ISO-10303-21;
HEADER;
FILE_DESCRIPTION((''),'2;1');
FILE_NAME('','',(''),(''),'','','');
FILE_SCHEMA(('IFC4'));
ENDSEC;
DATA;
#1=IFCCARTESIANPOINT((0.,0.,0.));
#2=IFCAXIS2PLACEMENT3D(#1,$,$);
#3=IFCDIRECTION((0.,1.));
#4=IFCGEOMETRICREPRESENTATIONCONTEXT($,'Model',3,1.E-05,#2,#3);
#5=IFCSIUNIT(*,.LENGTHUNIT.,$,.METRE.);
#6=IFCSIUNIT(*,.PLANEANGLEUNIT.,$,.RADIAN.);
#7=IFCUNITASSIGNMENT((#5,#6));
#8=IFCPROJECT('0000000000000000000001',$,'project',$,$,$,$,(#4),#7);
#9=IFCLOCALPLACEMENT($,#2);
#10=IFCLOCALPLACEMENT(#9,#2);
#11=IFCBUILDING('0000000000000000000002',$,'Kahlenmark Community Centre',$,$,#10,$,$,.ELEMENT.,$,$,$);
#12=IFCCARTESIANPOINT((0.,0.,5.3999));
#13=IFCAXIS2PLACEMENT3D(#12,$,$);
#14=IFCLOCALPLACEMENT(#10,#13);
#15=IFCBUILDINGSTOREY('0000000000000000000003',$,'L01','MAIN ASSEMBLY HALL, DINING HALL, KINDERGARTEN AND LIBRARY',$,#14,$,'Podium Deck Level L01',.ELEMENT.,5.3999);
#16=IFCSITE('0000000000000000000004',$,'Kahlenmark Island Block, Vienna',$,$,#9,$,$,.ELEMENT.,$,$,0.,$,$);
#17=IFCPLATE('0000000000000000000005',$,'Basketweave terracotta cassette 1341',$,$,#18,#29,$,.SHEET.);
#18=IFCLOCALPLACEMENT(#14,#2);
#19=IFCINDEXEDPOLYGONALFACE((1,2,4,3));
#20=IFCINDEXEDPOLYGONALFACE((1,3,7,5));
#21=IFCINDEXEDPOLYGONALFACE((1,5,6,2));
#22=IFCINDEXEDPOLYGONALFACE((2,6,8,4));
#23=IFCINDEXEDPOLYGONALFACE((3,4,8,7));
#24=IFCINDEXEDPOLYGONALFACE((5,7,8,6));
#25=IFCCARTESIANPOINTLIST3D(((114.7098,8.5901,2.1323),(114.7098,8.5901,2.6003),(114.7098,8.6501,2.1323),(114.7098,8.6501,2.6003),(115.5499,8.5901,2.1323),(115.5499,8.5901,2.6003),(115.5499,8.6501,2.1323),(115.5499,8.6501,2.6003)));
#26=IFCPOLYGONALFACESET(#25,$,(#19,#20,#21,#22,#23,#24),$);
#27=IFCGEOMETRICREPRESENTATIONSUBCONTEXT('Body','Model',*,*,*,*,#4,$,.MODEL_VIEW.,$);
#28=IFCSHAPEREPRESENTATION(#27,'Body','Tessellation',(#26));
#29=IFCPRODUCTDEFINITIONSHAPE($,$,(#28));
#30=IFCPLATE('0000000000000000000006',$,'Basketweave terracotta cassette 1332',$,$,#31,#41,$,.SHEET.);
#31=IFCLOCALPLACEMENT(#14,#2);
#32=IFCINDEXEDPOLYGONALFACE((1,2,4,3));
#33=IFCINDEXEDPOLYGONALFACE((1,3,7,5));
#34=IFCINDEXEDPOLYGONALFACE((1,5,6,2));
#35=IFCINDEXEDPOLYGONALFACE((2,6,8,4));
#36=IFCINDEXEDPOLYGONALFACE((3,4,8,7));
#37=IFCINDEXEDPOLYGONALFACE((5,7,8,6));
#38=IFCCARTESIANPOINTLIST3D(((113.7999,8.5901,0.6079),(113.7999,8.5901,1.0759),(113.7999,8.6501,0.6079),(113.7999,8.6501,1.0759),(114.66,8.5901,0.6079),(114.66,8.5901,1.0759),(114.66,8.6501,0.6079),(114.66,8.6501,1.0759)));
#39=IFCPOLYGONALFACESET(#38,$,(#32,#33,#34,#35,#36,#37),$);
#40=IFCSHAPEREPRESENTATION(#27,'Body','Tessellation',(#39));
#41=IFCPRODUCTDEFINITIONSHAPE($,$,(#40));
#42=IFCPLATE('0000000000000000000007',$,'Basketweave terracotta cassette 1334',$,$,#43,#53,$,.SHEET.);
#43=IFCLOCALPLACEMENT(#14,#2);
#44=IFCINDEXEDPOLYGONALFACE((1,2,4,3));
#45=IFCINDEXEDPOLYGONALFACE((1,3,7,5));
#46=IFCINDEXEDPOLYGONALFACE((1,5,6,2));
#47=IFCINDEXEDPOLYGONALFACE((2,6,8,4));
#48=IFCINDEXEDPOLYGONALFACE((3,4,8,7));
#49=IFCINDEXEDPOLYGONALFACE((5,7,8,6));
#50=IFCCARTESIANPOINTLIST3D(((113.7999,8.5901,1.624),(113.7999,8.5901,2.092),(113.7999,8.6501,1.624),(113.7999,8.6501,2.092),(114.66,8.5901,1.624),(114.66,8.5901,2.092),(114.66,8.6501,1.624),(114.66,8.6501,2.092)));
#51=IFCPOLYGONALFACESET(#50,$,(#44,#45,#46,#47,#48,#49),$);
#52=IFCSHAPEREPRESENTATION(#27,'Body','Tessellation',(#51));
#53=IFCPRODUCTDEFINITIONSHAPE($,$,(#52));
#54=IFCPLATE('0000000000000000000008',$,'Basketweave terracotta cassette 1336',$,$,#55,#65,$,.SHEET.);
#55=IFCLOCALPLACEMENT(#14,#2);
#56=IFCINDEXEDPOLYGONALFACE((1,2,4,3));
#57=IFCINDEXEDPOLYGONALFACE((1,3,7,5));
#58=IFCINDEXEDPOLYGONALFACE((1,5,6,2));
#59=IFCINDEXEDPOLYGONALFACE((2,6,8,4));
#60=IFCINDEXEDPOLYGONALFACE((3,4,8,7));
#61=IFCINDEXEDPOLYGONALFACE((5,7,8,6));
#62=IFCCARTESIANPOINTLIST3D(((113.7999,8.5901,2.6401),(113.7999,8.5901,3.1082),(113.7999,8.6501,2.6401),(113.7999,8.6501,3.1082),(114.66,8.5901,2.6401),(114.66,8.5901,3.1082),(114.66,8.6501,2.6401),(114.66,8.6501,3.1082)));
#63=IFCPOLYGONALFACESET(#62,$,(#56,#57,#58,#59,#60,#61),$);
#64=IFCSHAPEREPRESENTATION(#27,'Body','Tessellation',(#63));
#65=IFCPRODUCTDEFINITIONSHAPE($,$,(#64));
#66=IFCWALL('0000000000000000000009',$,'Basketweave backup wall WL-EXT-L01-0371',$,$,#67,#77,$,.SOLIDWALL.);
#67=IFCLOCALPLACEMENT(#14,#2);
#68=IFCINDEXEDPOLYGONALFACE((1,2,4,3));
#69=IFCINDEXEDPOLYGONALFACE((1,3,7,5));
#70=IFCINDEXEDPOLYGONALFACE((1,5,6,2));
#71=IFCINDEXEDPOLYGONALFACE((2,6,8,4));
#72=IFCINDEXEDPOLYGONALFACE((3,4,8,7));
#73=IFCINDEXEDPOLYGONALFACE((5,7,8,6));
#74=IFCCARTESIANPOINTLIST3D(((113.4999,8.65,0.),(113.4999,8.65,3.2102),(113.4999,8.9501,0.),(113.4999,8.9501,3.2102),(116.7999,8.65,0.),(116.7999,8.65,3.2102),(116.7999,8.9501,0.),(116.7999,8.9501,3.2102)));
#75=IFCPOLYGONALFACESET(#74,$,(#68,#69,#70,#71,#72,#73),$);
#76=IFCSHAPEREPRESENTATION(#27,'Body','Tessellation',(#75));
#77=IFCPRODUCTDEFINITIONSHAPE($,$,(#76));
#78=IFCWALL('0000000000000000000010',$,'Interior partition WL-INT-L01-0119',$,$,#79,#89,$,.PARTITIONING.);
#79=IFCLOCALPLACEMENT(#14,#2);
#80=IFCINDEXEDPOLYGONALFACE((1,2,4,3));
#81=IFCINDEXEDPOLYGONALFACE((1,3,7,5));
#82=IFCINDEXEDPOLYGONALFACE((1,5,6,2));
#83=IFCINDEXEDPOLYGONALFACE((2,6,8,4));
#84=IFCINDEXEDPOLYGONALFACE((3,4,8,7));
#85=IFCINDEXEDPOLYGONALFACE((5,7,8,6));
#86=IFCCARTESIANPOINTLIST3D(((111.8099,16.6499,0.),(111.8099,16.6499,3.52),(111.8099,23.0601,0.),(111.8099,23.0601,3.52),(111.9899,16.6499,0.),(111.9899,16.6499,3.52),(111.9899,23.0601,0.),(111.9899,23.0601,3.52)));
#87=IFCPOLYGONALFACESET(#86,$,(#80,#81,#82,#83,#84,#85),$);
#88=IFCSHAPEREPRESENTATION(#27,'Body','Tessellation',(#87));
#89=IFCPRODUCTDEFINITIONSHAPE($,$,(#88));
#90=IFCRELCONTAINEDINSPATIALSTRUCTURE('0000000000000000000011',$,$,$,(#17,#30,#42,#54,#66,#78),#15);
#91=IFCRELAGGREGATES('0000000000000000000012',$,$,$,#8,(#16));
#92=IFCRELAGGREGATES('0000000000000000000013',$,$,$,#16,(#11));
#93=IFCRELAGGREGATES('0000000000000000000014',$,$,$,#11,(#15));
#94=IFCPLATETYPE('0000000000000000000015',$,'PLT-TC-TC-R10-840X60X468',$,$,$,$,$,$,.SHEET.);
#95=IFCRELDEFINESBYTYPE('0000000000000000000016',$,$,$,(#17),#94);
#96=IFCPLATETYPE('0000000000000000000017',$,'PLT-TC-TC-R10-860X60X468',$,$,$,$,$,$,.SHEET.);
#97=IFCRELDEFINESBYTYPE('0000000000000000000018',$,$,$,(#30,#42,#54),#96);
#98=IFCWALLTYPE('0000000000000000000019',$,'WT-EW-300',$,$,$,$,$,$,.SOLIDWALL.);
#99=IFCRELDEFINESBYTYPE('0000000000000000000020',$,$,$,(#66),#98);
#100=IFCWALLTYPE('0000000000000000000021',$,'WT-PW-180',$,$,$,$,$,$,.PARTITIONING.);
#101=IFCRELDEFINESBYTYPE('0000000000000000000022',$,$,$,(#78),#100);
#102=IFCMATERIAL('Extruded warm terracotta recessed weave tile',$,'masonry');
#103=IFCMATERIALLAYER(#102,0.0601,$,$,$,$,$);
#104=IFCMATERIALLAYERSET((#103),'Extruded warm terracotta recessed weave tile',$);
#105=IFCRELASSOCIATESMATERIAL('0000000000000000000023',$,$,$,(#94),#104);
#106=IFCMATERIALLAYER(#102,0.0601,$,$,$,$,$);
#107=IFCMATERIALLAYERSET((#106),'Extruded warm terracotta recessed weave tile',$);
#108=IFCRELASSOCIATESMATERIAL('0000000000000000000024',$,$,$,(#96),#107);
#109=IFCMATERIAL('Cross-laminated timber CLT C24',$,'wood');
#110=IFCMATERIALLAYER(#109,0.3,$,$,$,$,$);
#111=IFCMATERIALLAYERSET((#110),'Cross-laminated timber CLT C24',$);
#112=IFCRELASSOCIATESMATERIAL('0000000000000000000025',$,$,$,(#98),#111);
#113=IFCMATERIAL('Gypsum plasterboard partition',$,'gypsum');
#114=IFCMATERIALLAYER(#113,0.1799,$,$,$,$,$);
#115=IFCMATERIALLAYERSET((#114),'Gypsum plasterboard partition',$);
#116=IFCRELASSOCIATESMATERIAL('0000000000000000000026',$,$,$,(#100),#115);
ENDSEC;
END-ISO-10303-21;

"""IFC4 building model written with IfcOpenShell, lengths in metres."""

from ifc_helpers import new_model, si_unit, direction, frame, frame_2d, origin, origin_2d, place, context, subcontext, project, spatial, rectangle, extrude, material, layer, layer_set, type_object, element, save


model = new_model("IFC4")

# Units and contexts
model_context = context("Model", 3, precision=1e-05, world=origin(), true_north=direction((0.0, 1.0)))
body_context = subcontext(model_context, "Body", "Model", "MODEL_VIEW")
ifc_project = project(units=[si_unit("LENGTHUNIT", "METRE"), si_unit("PLANEANGLEUNIT", "RADIAN")], contexts=[model_context])

# Site, building, storey
site_placement = place(None, origin())
site = spatial("IfcSite", under=ifc_project, at=site_placement, Name="Kahlenmark Island Block, Vienna", CompositionType="ELEMENT", RefElevation=0.0)
building_placement = place(site_placement, origin())
building = spatial("IfcBuilding", under=site, at=building_placement, Name="Kahlenmark Community Centre", CompositionType="ELEMENT")
storey_placement = place(building_placement, frame((0.0, 0.0, 5.3999)))
storey = spatial("IfcBuildingStorey", under=building, at=storey_placement, Name="L01", Description="MAIN ASSEMBLY HALL, DINING HALL, KINDERGARTEN AND LIBRARY", LongName="Podium Deck Level L01", CompositionType="ELEMENT", Elevation=5.3999)

# Plates
ifc_material_1 = material(Name="Extruded warm terracotta recessed weave tile", Category="masonry")
ifc_layer_1 = layer(ifc_material_1, 0.0601)
ifc_layer_set_1 = layer_set([ifc_layer_1], Name="Extruded warm terracotta recessed weave tile")
plate_type_1 = type_object("IfcPlateType", Name="PLT-TC-TC-R10-840X60X468", PredefinedType="SHEET", material=ifc_layer_set_1)
for number, where, z_axis, x_axis, name in (
    (1, (115.1299, 8.6201, 2.1323), (0.0, 0.0, 1.0), (1.0, 0.0, 0.0), "Basketweave terracotta cassette 1341"),
):
    element("IfcPlate", number, at=place(storey_placement, frame(where, z_axis=z_axis, x_axis=x_axis)), inside=storey, type_object=plate_type_1, Name=name, PredefinedType="SHEET", context=body_context, shape_type="SweptSolid", body=[
        extrude(rectangle(XDim=0.8401, YDim=0.0601, at=origin_2d()), origin(), (0.0, 0.0, 1.0), 0.468),
    ])
ifc_layer_2 = layer(ifc_material_1, 0.0601)
ifc_layer_set_2 = layer_set([ifc_layer_2], Name="Extruded warm terracotta recessed weave tile")
plate_type_2 = type_object("IfcPlateType", Name="PLT-TC-TC-R10-860X60X468", PredefinedType="SHEET", material=ifc_layer_set_2)
for number, where, z_axis, x_axis, name in (
    (2, (114.23, 8.6201, 0.6079), (0.0, 0.0, 1.0), (1.0, 0.0, 0.0), "Basketweave terracotta cassette 1332"),
    (3, (114.23, 8.6201, 1.624), (0.0, 0.0, 1.0), (1.0, 0.0, 0.0), "Basketweave terracotta cassette 1334"),
    (4, (114.23, 8.6201, 2.6401), (0.0, 0.0, 1.0), (1.0, 0.0, 0.0), "Basketweave terracotta cassette 1336"),
):
    element("IfcPlate", number, at=place(storey_placement, frame(where, z_axis=z_axis, x_axis=x_axis)), inside=storey, type_object=plate_type_2, Name=name, PredefinedType="SHEET", context=body_context, shape_type="SweptSolid", body=[
        extrude(rectangle(XDim=0.8601, YDim=0.0601, at=origin_2d()), origin(), (0.0, 0.0, 1.0), 0.468),
    ])

# Wall
ifc_material_2 = material(Name="Cross-laminated timber CLT C24", Category="wood")
ifc_layer_3 = layer(ifc_material_2, 0.3)
ifc_layer_set_3 = layer_set([ifc_layer_3], Name="Cross-laminated timber CLT C24")
wall_type_1 = type_object("IfcWallType", Name="WT-EW-300", PredefinedType="SOLIDWALL", material=ifc_layer_set_3)
wall_1_placement = place(storey_placement, frame((113.5, 8.8, 0.0), z_axis=(0.0, 0.0, 1.0), x_axis=(1.0, 0.0, 0.0)))
element("IfcWall", 5, at=wall_1_placement, inside=storey, type_object=wall_type_1, Name="Basketweave backup wall WL-EXT-L01-0371", PredefinedType="SOLIDWALL", context=body_context, shape_type="SweptSolid", body=[
    extrude(rectangle(XDim=3.3, YDim=0.3, at=frame_2d((1.6499, 0.0))), origin(), (0.0, 0.0, 1.0), 3.2102),
])

# Shared definitions
ifc_material_3 = material(Name="Gypsum plasterboard partition", Category="gypsum")
ifc_layer_4 = layer(ifc_material_3, 0.1799)
ifc_layer_set_4 = layer_set([ifc_layer_4], Name="Gypsum plasterboard partition")
wall_type_2 = type_object("IfcWallType", Name="WT-PW-180", PredefinedType="PARTITIONING", material=ifc_layer_set_4)

# Wall
wall_2_placement = place(storey_placement, frame((111.8999, 16.6499, 0.0), z_axis=(0.0, 0.0, 1.0), x_axis=(0.0, 1.0, 0.0)))
element("IfcWall", 6, at=wall_2_placement, inside=storey, type_object=wall_type_2, Name="Interior partition WL-INT-L01-0119", PredefinedType="PARTITIONING", context=body_context, shape_type="SweptSolid", body=[
    extrude(rectangle(XDim=6.4102, YDim=0.1799, at=frame_2d((3.2051, 0.0))), origin(), (0.0, 0.0, 1.0), 3.52),
])

save(model, "model.ifc")
